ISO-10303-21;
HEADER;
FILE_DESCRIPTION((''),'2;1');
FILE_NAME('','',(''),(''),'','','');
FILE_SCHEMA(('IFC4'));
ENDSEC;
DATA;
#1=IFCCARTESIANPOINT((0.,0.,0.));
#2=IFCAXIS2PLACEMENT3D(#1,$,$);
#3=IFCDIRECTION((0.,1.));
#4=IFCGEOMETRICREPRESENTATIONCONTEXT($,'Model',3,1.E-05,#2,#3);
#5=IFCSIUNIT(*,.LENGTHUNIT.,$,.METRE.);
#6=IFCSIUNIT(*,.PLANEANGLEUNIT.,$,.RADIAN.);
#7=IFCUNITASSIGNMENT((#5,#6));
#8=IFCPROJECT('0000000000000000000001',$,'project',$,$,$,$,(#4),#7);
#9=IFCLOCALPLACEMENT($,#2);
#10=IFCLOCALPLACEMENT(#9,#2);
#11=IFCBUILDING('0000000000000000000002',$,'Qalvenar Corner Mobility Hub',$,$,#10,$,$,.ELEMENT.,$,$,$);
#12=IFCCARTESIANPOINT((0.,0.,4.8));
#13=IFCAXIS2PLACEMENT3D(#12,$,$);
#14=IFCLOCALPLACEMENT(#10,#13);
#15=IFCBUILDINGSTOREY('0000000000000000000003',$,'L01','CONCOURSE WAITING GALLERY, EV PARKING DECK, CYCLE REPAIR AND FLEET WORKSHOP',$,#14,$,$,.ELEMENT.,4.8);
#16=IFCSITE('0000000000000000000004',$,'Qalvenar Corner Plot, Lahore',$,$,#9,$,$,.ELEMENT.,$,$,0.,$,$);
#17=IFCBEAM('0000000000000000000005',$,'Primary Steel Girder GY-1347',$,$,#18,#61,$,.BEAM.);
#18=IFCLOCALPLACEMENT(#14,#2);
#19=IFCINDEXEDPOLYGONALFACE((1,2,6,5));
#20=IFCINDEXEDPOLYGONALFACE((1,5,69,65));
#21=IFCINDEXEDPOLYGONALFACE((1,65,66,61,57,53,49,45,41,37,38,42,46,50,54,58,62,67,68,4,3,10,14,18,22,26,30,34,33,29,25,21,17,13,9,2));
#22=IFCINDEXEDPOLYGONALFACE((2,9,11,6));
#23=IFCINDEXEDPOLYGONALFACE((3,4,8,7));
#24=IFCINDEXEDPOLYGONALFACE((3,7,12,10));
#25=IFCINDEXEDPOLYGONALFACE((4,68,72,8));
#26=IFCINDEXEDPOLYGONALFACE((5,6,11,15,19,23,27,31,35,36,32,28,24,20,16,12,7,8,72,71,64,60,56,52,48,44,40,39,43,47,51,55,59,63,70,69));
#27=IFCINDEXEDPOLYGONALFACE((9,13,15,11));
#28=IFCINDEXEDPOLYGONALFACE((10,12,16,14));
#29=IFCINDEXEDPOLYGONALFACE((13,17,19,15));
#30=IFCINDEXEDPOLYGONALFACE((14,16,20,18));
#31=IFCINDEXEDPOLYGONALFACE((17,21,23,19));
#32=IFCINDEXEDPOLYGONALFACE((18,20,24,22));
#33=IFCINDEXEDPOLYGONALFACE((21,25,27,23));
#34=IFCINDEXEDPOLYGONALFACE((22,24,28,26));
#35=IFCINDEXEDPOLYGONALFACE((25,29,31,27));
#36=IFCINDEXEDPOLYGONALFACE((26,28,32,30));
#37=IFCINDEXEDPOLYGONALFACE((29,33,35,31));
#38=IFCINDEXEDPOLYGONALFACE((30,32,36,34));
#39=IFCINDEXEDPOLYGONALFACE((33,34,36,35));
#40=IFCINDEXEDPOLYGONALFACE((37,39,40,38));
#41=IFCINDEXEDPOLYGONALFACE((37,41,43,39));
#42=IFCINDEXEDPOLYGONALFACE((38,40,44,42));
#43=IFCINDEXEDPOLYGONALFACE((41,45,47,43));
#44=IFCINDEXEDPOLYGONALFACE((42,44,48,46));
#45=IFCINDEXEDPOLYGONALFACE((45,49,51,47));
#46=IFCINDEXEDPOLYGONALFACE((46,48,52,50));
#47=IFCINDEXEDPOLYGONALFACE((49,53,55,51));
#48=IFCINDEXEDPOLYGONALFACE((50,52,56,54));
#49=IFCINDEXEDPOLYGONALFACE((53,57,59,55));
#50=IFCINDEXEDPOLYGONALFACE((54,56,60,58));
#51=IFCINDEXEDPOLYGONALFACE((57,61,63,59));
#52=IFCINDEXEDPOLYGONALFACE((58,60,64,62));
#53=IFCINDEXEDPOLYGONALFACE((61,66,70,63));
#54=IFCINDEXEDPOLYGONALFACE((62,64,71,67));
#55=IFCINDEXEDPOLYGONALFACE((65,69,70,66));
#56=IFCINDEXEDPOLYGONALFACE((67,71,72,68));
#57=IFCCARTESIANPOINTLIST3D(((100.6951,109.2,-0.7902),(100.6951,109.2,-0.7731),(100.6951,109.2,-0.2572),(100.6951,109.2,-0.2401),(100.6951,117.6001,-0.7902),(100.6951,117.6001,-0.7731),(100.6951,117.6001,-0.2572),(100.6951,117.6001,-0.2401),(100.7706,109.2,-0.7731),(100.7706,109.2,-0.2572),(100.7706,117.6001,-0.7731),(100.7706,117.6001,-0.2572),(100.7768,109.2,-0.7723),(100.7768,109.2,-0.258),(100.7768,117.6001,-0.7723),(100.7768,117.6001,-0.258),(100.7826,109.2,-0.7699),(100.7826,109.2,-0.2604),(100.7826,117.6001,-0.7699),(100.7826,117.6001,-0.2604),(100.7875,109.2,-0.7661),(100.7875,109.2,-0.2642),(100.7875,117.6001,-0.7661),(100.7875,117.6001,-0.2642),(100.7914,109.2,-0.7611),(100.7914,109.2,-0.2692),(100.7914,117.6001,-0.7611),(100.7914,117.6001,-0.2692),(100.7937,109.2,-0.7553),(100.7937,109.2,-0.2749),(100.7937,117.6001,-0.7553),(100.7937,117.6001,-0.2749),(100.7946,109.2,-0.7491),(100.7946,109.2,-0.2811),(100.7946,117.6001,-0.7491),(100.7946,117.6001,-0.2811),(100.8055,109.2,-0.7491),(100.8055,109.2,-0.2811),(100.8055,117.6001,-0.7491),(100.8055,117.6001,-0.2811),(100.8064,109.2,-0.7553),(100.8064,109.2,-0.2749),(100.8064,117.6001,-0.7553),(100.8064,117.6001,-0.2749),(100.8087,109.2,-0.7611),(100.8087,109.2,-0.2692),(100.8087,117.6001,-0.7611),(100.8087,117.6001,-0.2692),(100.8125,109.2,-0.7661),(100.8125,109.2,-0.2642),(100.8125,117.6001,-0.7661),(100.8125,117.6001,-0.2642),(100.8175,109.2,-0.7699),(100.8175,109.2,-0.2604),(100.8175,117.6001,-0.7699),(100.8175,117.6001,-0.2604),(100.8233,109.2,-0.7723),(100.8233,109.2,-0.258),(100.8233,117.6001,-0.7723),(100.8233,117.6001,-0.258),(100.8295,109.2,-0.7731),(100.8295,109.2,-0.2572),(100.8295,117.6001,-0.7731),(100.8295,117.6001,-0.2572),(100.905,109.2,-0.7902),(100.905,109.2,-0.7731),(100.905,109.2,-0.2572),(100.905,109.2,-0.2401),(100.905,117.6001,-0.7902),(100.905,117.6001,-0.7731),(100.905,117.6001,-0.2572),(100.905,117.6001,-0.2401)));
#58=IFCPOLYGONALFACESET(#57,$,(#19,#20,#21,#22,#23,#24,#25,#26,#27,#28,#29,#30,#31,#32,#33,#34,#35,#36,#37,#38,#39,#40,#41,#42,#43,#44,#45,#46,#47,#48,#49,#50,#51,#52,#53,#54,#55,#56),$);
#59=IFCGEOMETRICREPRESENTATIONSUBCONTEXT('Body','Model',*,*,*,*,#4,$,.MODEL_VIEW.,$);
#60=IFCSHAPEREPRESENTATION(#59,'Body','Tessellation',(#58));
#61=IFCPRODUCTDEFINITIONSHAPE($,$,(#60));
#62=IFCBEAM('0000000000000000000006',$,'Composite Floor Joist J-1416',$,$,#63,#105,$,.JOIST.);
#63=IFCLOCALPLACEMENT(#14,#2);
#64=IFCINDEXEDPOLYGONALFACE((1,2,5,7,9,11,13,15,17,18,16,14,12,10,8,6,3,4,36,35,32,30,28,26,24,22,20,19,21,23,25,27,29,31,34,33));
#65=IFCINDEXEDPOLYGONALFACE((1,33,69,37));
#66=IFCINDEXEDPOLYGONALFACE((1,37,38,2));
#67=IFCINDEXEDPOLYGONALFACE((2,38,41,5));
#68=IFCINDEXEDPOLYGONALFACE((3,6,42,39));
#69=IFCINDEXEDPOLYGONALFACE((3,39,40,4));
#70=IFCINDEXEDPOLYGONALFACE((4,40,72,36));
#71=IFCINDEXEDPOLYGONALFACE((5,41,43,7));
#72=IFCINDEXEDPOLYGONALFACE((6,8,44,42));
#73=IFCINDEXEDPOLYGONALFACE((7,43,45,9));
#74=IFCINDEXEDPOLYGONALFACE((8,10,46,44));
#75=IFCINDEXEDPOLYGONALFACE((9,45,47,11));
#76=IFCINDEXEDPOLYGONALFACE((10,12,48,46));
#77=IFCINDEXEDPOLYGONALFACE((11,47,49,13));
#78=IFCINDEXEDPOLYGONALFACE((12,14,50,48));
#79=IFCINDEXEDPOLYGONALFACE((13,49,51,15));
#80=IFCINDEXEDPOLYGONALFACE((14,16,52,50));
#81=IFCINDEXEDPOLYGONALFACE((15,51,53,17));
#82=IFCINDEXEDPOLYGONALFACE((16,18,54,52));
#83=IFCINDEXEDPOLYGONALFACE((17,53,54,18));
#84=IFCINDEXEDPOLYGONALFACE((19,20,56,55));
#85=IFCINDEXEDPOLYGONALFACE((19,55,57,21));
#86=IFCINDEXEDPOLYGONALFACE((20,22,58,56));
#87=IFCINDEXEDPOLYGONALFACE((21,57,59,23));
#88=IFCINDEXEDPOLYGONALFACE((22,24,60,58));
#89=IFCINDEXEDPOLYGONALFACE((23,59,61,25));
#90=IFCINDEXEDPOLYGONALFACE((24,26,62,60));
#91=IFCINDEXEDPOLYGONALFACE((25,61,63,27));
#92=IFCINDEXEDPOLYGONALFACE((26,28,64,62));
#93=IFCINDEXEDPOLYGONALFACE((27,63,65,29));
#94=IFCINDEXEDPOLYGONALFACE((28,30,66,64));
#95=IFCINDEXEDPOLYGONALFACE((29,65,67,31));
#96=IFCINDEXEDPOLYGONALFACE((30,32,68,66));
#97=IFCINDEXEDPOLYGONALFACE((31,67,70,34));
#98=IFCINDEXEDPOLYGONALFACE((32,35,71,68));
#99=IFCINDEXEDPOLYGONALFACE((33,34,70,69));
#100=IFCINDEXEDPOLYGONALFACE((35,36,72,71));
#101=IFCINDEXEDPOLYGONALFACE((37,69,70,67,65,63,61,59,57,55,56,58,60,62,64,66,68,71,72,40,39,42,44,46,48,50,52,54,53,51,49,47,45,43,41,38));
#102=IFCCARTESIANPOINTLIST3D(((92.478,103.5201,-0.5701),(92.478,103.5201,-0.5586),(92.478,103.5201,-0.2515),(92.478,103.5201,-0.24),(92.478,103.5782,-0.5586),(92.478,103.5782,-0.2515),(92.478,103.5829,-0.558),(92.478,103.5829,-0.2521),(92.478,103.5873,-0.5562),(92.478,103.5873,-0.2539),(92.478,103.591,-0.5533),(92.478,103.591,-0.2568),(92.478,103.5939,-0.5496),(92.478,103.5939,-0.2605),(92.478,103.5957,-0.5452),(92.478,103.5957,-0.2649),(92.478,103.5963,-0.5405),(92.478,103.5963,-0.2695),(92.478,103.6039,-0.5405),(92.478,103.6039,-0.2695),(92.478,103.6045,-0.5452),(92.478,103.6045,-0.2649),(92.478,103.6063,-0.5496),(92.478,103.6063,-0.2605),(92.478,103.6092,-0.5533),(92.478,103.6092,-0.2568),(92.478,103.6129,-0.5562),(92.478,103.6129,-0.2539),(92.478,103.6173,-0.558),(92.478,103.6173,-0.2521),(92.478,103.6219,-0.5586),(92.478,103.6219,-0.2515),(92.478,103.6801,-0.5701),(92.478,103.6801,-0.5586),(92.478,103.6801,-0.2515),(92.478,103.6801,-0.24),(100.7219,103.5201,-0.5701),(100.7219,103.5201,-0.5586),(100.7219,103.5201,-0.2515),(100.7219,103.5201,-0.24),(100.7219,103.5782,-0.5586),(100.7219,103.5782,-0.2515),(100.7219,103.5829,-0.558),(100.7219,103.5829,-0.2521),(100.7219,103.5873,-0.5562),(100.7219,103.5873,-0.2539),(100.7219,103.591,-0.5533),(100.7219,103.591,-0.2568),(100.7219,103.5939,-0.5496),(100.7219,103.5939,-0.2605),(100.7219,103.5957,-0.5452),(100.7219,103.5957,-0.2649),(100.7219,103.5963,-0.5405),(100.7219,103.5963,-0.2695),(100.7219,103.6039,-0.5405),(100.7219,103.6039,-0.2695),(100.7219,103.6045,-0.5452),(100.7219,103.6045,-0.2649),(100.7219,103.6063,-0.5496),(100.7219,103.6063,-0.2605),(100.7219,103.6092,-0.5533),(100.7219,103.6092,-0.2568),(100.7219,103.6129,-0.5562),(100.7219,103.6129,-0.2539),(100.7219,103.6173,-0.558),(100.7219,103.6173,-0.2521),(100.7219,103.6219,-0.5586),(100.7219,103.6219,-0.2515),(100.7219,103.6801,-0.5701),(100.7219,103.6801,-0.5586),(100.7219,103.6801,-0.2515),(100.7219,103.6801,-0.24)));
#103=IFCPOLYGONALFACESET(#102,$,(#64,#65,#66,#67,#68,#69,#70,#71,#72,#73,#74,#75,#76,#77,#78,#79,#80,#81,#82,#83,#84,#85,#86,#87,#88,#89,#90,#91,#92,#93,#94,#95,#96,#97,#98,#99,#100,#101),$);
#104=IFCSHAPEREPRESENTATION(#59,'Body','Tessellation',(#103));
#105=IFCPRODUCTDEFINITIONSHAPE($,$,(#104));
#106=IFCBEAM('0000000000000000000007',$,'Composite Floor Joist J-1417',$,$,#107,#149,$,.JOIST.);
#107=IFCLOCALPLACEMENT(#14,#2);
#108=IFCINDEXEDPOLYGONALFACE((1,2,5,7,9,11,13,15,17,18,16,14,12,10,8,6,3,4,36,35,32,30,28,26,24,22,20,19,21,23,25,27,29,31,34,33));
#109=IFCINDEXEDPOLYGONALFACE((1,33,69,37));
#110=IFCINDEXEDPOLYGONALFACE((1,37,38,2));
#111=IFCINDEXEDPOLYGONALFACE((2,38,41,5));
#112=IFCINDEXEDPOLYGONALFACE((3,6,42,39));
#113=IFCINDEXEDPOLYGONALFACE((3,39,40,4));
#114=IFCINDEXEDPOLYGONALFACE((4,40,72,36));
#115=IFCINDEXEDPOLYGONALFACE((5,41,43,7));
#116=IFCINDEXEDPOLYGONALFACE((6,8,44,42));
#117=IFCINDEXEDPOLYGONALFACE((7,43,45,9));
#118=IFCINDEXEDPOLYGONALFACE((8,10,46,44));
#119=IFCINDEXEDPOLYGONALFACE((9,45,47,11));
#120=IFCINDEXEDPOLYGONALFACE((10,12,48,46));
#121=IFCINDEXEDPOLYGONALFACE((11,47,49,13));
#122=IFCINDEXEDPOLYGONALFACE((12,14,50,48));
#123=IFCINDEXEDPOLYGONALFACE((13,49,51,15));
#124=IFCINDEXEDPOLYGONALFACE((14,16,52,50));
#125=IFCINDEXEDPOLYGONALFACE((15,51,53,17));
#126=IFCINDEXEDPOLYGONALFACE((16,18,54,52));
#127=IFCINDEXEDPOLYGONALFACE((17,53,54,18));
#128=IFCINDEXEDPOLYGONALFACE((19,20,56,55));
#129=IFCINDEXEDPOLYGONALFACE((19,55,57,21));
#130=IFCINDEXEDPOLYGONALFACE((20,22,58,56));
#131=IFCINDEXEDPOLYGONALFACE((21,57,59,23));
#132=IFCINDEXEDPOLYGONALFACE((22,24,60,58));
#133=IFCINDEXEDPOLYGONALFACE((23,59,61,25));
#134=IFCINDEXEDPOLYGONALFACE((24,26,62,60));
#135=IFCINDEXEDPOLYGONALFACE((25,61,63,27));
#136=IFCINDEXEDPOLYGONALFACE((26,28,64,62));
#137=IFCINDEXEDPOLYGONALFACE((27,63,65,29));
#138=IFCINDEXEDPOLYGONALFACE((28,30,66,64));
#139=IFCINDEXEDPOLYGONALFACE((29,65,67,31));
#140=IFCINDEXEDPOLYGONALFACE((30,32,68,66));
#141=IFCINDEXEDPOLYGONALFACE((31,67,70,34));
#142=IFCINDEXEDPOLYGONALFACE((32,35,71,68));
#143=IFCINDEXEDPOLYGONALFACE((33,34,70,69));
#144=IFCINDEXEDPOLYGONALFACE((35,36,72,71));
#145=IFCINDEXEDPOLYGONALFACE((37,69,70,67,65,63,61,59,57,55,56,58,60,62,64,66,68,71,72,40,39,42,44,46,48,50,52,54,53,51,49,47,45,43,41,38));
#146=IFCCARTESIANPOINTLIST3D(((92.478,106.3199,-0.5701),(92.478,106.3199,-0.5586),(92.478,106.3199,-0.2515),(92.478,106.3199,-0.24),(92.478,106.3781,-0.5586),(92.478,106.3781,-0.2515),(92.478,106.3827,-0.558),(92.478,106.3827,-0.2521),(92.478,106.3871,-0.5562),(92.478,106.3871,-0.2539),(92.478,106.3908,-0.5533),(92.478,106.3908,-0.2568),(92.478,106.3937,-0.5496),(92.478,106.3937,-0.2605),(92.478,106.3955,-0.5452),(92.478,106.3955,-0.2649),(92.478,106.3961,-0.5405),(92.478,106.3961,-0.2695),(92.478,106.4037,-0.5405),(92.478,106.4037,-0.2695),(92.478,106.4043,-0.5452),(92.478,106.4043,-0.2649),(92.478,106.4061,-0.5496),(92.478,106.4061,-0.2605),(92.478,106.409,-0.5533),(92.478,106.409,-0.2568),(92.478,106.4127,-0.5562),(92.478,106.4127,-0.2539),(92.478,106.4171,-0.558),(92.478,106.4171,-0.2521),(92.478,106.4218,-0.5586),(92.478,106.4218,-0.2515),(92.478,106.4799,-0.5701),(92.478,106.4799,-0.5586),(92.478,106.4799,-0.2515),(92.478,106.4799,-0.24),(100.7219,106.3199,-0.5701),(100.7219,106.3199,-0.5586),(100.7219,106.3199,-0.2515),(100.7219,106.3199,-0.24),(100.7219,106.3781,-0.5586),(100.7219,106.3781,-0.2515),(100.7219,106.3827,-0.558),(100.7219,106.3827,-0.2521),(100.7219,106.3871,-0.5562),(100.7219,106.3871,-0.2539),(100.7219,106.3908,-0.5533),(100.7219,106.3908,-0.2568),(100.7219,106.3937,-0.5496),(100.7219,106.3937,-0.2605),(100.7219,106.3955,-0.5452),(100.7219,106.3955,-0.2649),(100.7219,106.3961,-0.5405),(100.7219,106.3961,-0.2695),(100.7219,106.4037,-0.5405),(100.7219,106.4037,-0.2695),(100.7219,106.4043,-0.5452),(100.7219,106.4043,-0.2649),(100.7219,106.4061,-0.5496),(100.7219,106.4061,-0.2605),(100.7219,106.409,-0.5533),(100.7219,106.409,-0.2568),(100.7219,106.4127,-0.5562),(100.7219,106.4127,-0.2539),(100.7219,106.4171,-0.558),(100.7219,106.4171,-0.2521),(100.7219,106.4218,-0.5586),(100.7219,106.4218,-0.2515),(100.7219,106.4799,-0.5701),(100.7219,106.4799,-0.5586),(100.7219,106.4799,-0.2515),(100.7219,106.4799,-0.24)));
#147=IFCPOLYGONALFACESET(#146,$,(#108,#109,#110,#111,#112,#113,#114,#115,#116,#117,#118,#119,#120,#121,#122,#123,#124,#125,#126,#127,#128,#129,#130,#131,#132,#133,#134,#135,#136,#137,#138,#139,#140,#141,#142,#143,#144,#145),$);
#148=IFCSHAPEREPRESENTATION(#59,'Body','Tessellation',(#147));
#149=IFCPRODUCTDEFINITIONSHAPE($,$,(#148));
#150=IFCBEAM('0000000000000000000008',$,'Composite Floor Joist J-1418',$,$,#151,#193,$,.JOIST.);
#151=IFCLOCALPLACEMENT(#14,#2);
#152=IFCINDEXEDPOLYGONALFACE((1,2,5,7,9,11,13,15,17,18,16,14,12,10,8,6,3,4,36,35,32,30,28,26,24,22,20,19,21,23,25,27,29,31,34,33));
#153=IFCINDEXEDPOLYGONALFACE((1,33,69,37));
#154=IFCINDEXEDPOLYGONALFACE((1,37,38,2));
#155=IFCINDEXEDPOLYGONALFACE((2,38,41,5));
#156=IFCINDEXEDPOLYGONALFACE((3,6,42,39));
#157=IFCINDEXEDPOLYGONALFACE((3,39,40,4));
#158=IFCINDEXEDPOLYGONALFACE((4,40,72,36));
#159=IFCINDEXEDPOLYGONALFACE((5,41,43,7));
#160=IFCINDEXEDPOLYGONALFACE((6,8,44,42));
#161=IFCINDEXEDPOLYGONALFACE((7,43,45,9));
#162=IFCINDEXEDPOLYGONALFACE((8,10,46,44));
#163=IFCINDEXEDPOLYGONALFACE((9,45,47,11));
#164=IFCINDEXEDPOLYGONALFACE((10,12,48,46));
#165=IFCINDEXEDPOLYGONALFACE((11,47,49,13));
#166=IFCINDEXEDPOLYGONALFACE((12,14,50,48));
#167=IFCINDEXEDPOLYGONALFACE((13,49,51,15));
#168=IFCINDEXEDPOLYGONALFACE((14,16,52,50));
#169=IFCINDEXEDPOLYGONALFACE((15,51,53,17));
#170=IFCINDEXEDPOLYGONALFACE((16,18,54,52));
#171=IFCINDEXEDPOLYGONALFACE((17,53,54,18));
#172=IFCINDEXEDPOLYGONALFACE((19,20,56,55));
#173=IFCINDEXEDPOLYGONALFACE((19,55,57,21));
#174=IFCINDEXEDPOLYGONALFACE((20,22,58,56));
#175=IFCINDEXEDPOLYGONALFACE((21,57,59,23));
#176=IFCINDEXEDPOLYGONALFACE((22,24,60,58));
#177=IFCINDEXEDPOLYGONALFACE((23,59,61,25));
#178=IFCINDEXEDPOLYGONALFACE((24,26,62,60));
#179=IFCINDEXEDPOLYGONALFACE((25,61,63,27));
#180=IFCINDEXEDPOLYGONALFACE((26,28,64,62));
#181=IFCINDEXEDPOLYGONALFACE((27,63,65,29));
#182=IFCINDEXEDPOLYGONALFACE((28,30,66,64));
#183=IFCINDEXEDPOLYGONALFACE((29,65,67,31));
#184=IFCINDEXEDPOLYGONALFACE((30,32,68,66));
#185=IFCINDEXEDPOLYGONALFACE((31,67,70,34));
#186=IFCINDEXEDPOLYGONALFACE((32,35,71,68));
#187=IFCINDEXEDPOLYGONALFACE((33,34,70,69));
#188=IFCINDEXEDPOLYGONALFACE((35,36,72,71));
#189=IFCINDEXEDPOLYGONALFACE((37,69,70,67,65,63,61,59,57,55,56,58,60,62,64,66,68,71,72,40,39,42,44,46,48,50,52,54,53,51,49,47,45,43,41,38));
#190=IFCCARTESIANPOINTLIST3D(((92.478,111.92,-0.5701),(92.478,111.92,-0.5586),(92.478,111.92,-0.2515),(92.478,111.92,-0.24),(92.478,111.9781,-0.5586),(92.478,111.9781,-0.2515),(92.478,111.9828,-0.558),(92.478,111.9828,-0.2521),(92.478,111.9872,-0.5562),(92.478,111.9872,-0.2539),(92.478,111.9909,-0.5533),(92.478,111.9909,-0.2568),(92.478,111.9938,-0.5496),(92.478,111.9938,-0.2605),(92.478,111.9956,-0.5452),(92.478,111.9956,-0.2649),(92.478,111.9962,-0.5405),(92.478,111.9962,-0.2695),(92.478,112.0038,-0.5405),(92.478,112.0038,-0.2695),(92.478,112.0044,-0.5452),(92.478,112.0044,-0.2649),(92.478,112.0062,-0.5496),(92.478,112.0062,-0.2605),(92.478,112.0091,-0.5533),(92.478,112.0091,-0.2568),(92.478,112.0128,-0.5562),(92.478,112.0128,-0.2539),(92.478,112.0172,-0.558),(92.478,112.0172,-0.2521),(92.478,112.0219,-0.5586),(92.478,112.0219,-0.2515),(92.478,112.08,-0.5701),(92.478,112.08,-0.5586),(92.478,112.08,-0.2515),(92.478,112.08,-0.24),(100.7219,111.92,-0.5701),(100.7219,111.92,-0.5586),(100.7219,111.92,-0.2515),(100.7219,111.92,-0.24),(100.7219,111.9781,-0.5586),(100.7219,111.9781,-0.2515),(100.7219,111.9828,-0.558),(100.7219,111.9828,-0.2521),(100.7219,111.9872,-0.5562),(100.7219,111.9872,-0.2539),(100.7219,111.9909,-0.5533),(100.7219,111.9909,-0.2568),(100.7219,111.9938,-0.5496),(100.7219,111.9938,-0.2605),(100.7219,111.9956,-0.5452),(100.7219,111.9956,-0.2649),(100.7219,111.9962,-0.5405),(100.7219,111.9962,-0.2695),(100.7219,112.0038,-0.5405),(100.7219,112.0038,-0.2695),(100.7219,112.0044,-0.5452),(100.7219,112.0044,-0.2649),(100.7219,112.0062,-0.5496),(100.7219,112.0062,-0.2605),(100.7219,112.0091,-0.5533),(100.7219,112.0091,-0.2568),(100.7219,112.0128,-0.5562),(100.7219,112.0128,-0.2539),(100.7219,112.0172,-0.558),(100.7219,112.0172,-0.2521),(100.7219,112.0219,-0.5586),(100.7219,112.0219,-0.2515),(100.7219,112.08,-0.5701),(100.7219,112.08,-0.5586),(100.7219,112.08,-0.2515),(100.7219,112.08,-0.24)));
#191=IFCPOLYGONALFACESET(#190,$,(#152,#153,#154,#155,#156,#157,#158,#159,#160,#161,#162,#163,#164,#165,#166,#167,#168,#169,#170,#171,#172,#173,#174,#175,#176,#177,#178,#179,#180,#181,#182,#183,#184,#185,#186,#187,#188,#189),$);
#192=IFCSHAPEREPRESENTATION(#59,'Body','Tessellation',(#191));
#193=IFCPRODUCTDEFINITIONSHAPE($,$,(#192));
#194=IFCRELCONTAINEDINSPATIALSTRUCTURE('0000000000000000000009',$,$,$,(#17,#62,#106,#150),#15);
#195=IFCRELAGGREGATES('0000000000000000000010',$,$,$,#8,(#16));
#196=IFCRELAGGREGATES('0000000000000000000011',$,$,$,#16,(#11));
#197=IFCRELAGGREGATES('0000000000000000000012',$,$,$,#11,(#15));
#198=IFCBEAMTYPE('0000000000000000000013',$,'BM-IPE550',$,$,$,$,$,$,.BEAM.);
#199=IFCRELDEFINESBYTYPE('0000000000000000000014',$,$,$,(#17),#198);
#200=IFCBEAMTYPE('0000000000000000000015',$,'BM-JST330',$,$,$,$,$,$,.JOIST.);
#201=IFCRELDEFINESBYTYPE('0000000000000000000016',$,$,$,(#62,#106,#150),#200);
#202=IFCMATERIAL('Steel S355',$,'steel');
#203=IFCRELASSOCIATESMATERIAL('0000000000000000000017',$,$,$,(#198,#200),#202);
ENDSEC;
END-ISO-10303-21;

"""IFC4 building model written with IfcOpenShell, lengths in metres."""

from ifc_helpers import new_model, si_unit, direction, frame, origin, origin_2d, place, context, subcontext, project, spatial, i_section, extrude, material, material_profile, profile_set, type_object, element, save


model = new_model("IFC4")

# Units and contexts
model_context = context("Model", 3, precision=1e-05, world=origin(), true_north=direction((0.0, 1.0)))
body_context = subcontext(model_context, "Body", "Model", "MODEL_VIEW")
ifc_project = project(units=[si_unit("LENGTHUNIT", "METRE"), si_unit("PLANEANGLEUNIT", "RADIAN")], contexts=[model_context])

# Site, building, storey
site_placement = place(None, origin())
site = spatial("IfcSite", under=ifc_project, at=site_placement, Name="Qalvenar Corner Plot, Lahore", CompositionType="ELEMENT", RefElevation=0.0)
building_placement = place(site_placement, origin())
building = spatial("IfcBuilding", under=site, at=building_placement, Name="Qalvenar Corner Mobility Hub", CompositionType="ELEMENT")
storey_placement = place(building_placement, frame((0.0, 0.0, 4.8)))
storey = spatial("IfcBuildingStorey", under=building, at=storey_placement, Name="L01", Description="CONCOURSE WAITING GALLERY, EV PARKING DECK, CYCLE REPAIR AND FLEET WORKSHOP", CompositionType="ELEMENT", Elevation=4.8)

# Shared definitions
ifc_material = material(Name="Steel S355", Category="steel")

# Beams
ifc_material_profile_1 = material_profile(ifc_material, i_section(OverallWidth=0.21, OverallDepth=0.55, WebThickness=0.011, FlangeThickness=0.0171, FilletRadius=0.0239, at=origin_2d()), Name="IPE550")
ifc_profile_set_1 = profile_set([ifc_material_profile_1], Name="Steel S355")
beam_type_1 = type_object("IfcBeamType", Name="BM-IPE550", PredefinedType="BEAM", material=ifc_profile_set_1)
for number, where, z_axis, x_axis, name in (
    (1, (100.8, 109.2, -0.5151), (0.0, 1.0, 0.0), (-1.0, 0.0, 0.0), "Primary Steel Girder GY-1347"),
):
    element("IfcBeam", number, at=place(storey_placement, frame(where, z_axis=z_axis, x_axis=x_axis)), inside=storey, type_object=beam_type_1, Name=name, PredefinedType="BEAM", context=body_context, shape_type="SweptSolid", body=[
        extrude(i_section(OverallWidth=0.21, OverallDepth=0.55, WebThickness=0.011, FlangeThickness=0.0171, FilletRadius=0.0239, at=origin_2d()), origin(), (0.0, 0.0, 1.0), 8.4001),
    ])
ifc_material_profile_2 = material_profile(ifc_material, i_section(OverallWidth=0.1599, OverallDepth=0.3301, WebThickness=0.0076, FlangeThickness=0.0115, FilletRadius=0.0181, at=origin_2d()), Name="IPE330")
ifc_profile_set_2 = profile_set([ifc_material_profile_2], Name="Steel S355")
beam_type_2 = type_object("IfcBeamType", Name="BM-JST330", PredefinedType="JOIST", material=ifc_profile_set_2)
for number, where, z_axis, x_axis, name in (
    (2, (92.478, 103.6001, -0.405), (1.0, 0.0, 0.0), (0.0, 1.0, 0.0), "Composite Floor Joist J-1416"),
    (3, (92.478, 106.3999, -0.405), (1.0, 0.0, 0.0), (0.0, 1.0, 0.0), "Composite Floor Joist J-1417"),
    (4, (92.478, 112.0, -0.405), (1.0, 0.0, 0.0), (0.0, 1.0, 0.0), "Composite Floor Joist J-1418"),
):
    element("IfcBeam", number, at=place(storey_placement, frame(where, z_axis=z_axis, x_axis=x_axis)), inside=storey, type_object=beam_type_2, Name=name, PredefinedType="JOIST", context=body_context, shape_type="SweptSolid", body=[
        extrude(i_section(OverallWidth=0.1599, OverallDepth=0.3301, WebThickness=0.0076, FlangeThickness=0.0115, FilletRadius=0.0181, at=origin_2d()), origin(), (0.0, 0.0, 1.0), 8.2439),
    ])

save(model, "model.ifc")
